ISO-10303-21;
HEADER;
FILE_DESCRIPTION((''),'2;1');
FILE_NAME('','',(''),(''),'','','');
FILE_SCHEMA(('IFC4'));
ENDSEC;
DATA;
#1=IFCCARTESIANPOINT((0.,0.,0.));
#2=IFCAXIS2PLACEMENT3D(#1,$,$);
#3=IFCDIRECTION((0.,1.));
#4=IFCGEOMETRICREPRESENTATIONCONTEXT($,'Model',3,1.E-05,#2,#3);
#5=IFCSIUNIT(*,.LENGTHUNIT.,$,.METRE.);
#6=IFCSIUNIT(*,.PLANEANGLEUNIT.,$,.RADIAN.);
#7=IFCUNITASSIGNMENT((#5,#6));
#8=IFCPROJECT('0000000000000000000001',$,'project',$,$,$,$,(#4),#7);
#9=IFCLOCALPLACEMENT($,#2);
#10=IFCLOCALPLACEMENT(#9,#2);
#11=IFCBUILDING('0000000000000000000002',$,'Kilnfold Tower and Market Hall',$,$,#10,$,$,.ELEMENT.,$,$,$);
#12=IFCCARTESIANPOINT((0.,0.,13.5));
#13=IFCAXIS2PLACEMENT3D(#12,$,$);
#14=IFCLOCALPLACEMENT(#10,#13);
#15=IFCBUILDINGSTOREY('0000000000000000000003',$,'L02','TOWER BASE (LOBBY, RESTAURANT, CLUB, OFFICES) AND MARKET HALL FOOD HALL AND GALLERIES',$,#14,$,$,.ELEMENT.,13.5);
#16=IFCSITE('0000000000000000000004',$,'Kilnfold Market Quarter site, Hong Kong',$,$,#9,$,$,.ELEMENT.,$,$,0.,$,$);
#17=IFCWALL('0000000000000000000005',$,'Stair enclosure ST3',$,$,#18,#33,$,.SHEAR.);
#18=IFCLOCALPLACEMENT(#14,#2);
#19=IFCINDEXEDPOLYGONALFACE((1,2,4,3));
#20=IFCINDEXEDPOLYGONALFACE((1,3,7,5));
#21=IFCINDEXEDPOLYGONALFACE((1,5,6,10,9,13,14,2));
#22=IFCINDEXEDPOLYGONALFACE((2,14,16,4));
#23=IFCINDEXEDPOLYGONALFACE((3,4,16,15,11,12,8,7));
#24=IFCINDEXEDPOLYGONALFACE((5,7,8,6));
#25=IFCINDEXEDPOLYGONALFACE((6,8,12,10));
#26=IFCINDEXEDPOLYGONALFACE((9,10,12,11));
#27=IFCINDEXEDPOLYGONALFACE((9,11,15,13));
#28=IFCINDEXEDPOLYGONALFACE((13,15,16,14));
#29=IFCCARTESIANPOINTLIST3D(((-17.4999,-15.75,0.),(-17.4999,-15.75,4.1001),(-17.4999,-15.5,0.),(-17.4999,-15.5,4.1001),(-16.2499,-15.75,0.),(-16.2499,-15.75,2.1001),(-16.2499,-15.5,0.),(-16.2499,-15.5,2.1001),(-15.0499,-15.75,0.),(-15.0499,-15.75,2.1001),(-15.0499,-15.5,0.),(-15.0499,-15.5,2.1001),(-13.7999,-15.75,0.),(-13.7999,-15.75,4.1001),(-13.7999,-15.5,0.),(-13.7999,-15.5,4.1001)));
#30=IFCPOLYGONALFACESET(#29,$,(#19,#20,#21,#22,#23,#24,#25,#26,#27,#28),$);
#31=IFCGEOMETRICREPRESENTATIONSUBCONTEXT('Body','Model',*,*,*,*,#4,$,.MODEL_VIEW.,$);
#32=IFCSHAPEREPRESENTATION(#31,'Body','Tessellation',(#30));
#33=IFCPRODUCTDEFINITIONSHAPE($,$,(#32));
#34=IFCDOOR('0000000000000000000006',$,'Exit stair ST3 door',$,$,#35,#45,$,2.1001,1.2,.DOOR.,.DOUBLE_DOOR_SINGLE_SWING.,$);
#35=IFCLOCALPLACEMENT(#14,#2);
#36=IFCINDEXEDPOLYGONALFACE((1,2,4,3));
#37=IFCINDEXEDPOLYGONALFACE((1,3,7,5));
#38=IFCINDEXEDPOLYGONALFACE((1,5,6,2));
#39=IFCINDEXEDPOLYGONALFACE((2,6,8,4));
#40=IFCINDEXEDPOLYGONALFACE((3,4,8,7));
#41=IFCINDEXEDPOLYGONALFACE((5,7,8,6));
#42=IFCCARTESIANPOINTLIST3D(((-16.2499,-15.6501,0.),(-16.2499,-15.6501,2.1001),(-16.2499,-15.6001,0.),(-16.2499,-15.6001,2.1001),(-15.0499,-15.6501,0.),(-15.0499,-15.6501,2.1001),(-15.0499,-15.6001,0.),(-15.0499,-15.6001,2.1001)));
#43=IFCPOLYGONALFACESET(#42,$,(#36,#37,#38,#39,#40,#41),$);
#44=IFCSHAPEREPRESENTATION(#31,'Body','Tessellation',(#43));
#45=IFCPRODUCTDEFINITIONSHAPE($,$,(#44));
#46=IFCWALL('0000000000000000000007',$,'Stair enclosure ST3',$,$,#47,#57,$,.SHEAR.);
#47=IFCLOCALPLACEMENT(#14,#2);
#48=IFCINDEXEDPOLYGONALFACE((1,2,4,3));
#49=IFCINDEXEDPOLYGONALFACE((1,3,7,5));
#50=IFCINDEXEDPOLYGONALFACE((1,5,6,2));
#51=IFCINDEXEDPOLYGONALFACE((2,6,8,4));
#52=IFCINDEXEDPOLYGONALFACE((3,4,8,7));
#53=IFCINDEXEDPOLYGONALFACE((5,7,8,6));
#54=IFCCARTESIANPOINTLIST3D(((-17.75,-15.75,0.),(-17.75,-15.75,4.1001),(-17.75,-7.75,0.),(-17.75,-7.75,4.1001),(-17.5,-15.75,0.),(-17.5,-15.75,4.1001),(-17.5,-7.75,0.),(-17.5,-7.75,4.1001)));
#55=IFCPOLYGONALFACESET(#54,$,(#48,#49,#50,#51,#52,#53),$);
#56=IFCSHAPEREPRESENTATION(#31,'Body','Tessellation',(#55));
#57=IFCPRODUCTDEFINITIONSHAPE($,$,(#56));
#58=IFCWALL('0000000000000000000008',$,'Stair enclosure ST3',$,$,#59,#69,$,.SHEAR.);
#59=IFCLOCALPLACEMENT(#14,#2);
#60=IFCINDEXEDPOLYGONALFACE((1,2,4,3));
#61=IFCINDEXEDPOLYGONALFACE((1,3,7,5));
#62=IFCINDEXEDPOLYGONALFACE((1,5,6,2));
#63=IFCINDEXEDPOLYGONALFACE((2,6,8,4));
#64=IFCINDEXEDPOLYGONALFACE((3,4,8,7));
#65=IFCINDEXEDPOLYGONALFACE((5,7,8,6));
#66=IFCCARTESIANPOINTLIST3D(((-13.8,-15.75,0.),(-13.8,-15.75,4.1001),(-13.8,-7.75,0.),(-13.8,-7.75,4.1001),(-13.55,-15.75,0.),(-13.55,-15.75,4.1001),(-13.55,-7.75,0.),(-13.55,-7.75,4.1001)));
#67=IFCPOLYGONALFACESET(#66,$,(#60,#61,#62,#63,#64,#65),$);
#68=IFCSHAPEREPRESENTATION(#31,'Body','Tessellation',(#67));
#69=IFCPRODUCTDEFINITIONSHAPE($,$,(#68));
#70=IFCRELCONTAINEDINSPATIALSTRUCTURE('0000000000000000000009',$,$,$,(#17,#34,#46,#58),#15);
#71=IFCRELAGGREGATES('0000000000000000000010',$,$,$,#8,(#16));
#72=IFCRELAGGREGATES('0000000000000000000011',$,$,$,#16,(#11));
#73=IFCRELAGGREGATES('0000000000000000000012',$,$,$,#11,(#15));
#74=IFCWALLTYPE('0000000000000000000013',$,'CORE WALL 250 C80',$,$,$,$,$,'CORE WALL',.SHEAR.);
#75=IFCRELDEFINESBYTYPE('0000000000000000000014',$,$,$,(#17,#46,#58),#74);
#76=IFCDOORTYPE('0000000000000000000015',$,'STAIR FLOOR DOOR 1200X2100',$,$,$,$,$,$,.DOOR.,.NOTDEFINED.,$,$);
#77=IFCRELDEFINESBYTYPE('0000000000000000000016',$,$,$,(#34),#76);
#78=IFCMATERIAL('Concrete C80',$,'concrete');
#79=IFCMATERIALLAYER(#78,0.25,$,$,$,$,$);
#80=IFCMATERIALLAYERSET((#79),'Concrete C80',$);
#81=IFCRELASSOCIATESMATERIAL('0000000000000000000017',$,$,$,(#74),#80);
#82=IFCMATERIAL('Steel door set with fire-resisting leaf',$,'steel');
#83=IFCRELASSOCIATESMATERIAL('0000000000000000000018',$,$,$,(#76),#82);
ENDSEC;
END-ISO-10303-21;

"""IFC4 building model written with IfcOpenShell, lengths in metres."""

from ifc_helpers import new_model, si_unit, direction, frame, frame_2d, origin, place, context, subcontext, project, spatial, rectangle, extrude, source, transform, mapped, material, layer, layer_set, type_object, element, fill, save


model = new_model("IFC4")

# Units and contexts
model_context = context("Model", 3, precision=1e-05, world=origin(), true_north=direction((0.0, 1.0)))
body_context = subcontext(model_context, "Body", "Model", "MODEL_VIEW")
ifc_project = project(units=[si_unit("LENGTHUNIT", "METRE"), si_unit("PLANEANGLEUNIT", "RADIAN")], contexts=[model_context])

# Site, building, storey
site_placement = place(None, origin())
site = spatial("IfcSite", under=ifc_project, at=site_placement, Name="Kilnfold Market Quarter site, Hong Kong", CompositionType="ELEMENT", RefElevation=0.0)
building_placement = place(site_placement, origin())
building = spatial("IfcBuilding", under=site, at=building_placement, Name="Kilnfold Tower and Market Hall", CompositionType="ELEMENT")
storey_placement = place(building_placement, frame((0.0, 0.0, 13.5)))
storey = spatial("IfcBuildingStorey", under=building, at=storey_placement, Name="L02", Description="TOWER BASE (LOBBY, RESTAURANT, CLUB, OFFICES) AND MARKET HALL FOOD HALL AND GALLERIES", CompositionType="ELEMENT", Elevation=13.5)

# Wall, opening, door
ifc_material_1 = material(Name="Concrete C80", Category="concrete")
ifc_layer_1 = layer(ifc_material_1, 0.25)
ifc_layer_set_1 = layer_set([ifc_layer_1], Name="Concrete C80")
wall_type_1 = type_object("IfcWallType", Name="CORE WALL 250 C80", ElementType="CORE WALL", PredefinedType="SHEAR", material=ifc_layer_set_1)
shared_shape_1 = source(origin(), body_context, "Body", "SweptSolid", [
    extrude(rectangle(XDim=3.7, YDim=0.25, at=frame_2d((1.8501, 0.0))), origin(), (0.0, 0.0, 1.0), 4.1001),
])
wall_1_placement = place(storey_placement, frame((-17.5, -15.625, 0.0), z_axis=(0.0, 0.0, 1.0), x_axis=(1.0, 0.0, 0.0)))
wall_1 = element("IfcWall", 1, at=wall_1_placement, inside=storey, type_object=wall_type_1, Name="Stair enclosure ST3", PredefinedType="SHEAR", context=body_context, shape_type="MappedRepresentation", body=[
    mapped(shared_shape_1, transform((0.0, 0.0, 0.0))),
])
opening_1_placement = place(wall_1_placement, frame((1.25, 0.0, 0.0)))
opening_1 = element("IfcOpeningElement", 2, at=opening_1_placement, cuts=wall_1, PredefinedType="OPENING", context=body_context, shape_type="SweptSolid", body=[
    extrude(rectangle(XDim=1.2, YDim=2.1001, at=frame_2d((0.6001, 1.05))), frame((0.0, 0.135, 0.0), z_axis=(0.0, -1.0, 0.0), x_axis=(1.0, 0.0, 0.0)), (0.0, 0.0, 1.0), 0.27),
])
ifc_material_2 = material(Name="Steel door set with fire-resisting leaf", Category="steel")
door_type_1 = type_object("IfcDoorType", Name="STAIR FLOOR DOOR 1200X2100", OperationType="NOTDEFINED", PredefinedType="DOOR", material=ifc_material_2)
door_1_placement = place(opening_1_placement, origin())
door_1 = element("IfcDoor", 3, at=door_1_placement, inside=storey, type_object=door_type_1, Name="Exit stair ST3 door", OperationType="DOUBLE_DOOR_SINGLE_SWING", OverallHeight=2.1001, OverallWidth=1.2, PredefinedType="DOOR", context=body_context, shape_type="SweptSolid", body=[
    extrude(rectangle(XDim=1.2, YDim=2.1001, at=frame_2d((0.6001, 1.05))), frame((0.0, 0.0249, 0.0), z_axis=(0.0, -1.0, 0.0), x_axis=(1.0, 0.0, 0.0)), (0.0, 0.0, 1.0), 0.05),
])
fill(opening_1, door_1)

# Walls
shared_shape_2 = source(origin(), body_context, "Body", "SweptSolid", [
    extrude(rectangle(XDim=8.0, YDim=0.25, at=frame_2d((4.0, 0.0))), origin(), (0.0, 0.0, 1.0), 4.1001),
])
for number, where, z_axis, x_axis, name in (
    (4, (-17.625, -15.75, 0.0), (0.0, 0.0, 1.0), (0.0, 1.0, 0.0), "Stair enclosure ST3"),
    (5, (-13.675, -15.75, 0.0), (0.0, 0.0, 1.0), (0.0, 1.0, 0.0), "Stair enclosure ST3"),
):
    element("IfcWall", number, at=place(storey_placement, frame(where, z_axis=z_axis, x_axis=x_axis)), inside=storey, type_object=wall_type_1, Name=name, PredefinedType="SHEAR", context=body_context, shape_type="MappedRepresentation", body=[
        mapped(shared_shape_2, transform((0.0, 0.0, 0.0))),
    ])

save(model, "model.ifc")
